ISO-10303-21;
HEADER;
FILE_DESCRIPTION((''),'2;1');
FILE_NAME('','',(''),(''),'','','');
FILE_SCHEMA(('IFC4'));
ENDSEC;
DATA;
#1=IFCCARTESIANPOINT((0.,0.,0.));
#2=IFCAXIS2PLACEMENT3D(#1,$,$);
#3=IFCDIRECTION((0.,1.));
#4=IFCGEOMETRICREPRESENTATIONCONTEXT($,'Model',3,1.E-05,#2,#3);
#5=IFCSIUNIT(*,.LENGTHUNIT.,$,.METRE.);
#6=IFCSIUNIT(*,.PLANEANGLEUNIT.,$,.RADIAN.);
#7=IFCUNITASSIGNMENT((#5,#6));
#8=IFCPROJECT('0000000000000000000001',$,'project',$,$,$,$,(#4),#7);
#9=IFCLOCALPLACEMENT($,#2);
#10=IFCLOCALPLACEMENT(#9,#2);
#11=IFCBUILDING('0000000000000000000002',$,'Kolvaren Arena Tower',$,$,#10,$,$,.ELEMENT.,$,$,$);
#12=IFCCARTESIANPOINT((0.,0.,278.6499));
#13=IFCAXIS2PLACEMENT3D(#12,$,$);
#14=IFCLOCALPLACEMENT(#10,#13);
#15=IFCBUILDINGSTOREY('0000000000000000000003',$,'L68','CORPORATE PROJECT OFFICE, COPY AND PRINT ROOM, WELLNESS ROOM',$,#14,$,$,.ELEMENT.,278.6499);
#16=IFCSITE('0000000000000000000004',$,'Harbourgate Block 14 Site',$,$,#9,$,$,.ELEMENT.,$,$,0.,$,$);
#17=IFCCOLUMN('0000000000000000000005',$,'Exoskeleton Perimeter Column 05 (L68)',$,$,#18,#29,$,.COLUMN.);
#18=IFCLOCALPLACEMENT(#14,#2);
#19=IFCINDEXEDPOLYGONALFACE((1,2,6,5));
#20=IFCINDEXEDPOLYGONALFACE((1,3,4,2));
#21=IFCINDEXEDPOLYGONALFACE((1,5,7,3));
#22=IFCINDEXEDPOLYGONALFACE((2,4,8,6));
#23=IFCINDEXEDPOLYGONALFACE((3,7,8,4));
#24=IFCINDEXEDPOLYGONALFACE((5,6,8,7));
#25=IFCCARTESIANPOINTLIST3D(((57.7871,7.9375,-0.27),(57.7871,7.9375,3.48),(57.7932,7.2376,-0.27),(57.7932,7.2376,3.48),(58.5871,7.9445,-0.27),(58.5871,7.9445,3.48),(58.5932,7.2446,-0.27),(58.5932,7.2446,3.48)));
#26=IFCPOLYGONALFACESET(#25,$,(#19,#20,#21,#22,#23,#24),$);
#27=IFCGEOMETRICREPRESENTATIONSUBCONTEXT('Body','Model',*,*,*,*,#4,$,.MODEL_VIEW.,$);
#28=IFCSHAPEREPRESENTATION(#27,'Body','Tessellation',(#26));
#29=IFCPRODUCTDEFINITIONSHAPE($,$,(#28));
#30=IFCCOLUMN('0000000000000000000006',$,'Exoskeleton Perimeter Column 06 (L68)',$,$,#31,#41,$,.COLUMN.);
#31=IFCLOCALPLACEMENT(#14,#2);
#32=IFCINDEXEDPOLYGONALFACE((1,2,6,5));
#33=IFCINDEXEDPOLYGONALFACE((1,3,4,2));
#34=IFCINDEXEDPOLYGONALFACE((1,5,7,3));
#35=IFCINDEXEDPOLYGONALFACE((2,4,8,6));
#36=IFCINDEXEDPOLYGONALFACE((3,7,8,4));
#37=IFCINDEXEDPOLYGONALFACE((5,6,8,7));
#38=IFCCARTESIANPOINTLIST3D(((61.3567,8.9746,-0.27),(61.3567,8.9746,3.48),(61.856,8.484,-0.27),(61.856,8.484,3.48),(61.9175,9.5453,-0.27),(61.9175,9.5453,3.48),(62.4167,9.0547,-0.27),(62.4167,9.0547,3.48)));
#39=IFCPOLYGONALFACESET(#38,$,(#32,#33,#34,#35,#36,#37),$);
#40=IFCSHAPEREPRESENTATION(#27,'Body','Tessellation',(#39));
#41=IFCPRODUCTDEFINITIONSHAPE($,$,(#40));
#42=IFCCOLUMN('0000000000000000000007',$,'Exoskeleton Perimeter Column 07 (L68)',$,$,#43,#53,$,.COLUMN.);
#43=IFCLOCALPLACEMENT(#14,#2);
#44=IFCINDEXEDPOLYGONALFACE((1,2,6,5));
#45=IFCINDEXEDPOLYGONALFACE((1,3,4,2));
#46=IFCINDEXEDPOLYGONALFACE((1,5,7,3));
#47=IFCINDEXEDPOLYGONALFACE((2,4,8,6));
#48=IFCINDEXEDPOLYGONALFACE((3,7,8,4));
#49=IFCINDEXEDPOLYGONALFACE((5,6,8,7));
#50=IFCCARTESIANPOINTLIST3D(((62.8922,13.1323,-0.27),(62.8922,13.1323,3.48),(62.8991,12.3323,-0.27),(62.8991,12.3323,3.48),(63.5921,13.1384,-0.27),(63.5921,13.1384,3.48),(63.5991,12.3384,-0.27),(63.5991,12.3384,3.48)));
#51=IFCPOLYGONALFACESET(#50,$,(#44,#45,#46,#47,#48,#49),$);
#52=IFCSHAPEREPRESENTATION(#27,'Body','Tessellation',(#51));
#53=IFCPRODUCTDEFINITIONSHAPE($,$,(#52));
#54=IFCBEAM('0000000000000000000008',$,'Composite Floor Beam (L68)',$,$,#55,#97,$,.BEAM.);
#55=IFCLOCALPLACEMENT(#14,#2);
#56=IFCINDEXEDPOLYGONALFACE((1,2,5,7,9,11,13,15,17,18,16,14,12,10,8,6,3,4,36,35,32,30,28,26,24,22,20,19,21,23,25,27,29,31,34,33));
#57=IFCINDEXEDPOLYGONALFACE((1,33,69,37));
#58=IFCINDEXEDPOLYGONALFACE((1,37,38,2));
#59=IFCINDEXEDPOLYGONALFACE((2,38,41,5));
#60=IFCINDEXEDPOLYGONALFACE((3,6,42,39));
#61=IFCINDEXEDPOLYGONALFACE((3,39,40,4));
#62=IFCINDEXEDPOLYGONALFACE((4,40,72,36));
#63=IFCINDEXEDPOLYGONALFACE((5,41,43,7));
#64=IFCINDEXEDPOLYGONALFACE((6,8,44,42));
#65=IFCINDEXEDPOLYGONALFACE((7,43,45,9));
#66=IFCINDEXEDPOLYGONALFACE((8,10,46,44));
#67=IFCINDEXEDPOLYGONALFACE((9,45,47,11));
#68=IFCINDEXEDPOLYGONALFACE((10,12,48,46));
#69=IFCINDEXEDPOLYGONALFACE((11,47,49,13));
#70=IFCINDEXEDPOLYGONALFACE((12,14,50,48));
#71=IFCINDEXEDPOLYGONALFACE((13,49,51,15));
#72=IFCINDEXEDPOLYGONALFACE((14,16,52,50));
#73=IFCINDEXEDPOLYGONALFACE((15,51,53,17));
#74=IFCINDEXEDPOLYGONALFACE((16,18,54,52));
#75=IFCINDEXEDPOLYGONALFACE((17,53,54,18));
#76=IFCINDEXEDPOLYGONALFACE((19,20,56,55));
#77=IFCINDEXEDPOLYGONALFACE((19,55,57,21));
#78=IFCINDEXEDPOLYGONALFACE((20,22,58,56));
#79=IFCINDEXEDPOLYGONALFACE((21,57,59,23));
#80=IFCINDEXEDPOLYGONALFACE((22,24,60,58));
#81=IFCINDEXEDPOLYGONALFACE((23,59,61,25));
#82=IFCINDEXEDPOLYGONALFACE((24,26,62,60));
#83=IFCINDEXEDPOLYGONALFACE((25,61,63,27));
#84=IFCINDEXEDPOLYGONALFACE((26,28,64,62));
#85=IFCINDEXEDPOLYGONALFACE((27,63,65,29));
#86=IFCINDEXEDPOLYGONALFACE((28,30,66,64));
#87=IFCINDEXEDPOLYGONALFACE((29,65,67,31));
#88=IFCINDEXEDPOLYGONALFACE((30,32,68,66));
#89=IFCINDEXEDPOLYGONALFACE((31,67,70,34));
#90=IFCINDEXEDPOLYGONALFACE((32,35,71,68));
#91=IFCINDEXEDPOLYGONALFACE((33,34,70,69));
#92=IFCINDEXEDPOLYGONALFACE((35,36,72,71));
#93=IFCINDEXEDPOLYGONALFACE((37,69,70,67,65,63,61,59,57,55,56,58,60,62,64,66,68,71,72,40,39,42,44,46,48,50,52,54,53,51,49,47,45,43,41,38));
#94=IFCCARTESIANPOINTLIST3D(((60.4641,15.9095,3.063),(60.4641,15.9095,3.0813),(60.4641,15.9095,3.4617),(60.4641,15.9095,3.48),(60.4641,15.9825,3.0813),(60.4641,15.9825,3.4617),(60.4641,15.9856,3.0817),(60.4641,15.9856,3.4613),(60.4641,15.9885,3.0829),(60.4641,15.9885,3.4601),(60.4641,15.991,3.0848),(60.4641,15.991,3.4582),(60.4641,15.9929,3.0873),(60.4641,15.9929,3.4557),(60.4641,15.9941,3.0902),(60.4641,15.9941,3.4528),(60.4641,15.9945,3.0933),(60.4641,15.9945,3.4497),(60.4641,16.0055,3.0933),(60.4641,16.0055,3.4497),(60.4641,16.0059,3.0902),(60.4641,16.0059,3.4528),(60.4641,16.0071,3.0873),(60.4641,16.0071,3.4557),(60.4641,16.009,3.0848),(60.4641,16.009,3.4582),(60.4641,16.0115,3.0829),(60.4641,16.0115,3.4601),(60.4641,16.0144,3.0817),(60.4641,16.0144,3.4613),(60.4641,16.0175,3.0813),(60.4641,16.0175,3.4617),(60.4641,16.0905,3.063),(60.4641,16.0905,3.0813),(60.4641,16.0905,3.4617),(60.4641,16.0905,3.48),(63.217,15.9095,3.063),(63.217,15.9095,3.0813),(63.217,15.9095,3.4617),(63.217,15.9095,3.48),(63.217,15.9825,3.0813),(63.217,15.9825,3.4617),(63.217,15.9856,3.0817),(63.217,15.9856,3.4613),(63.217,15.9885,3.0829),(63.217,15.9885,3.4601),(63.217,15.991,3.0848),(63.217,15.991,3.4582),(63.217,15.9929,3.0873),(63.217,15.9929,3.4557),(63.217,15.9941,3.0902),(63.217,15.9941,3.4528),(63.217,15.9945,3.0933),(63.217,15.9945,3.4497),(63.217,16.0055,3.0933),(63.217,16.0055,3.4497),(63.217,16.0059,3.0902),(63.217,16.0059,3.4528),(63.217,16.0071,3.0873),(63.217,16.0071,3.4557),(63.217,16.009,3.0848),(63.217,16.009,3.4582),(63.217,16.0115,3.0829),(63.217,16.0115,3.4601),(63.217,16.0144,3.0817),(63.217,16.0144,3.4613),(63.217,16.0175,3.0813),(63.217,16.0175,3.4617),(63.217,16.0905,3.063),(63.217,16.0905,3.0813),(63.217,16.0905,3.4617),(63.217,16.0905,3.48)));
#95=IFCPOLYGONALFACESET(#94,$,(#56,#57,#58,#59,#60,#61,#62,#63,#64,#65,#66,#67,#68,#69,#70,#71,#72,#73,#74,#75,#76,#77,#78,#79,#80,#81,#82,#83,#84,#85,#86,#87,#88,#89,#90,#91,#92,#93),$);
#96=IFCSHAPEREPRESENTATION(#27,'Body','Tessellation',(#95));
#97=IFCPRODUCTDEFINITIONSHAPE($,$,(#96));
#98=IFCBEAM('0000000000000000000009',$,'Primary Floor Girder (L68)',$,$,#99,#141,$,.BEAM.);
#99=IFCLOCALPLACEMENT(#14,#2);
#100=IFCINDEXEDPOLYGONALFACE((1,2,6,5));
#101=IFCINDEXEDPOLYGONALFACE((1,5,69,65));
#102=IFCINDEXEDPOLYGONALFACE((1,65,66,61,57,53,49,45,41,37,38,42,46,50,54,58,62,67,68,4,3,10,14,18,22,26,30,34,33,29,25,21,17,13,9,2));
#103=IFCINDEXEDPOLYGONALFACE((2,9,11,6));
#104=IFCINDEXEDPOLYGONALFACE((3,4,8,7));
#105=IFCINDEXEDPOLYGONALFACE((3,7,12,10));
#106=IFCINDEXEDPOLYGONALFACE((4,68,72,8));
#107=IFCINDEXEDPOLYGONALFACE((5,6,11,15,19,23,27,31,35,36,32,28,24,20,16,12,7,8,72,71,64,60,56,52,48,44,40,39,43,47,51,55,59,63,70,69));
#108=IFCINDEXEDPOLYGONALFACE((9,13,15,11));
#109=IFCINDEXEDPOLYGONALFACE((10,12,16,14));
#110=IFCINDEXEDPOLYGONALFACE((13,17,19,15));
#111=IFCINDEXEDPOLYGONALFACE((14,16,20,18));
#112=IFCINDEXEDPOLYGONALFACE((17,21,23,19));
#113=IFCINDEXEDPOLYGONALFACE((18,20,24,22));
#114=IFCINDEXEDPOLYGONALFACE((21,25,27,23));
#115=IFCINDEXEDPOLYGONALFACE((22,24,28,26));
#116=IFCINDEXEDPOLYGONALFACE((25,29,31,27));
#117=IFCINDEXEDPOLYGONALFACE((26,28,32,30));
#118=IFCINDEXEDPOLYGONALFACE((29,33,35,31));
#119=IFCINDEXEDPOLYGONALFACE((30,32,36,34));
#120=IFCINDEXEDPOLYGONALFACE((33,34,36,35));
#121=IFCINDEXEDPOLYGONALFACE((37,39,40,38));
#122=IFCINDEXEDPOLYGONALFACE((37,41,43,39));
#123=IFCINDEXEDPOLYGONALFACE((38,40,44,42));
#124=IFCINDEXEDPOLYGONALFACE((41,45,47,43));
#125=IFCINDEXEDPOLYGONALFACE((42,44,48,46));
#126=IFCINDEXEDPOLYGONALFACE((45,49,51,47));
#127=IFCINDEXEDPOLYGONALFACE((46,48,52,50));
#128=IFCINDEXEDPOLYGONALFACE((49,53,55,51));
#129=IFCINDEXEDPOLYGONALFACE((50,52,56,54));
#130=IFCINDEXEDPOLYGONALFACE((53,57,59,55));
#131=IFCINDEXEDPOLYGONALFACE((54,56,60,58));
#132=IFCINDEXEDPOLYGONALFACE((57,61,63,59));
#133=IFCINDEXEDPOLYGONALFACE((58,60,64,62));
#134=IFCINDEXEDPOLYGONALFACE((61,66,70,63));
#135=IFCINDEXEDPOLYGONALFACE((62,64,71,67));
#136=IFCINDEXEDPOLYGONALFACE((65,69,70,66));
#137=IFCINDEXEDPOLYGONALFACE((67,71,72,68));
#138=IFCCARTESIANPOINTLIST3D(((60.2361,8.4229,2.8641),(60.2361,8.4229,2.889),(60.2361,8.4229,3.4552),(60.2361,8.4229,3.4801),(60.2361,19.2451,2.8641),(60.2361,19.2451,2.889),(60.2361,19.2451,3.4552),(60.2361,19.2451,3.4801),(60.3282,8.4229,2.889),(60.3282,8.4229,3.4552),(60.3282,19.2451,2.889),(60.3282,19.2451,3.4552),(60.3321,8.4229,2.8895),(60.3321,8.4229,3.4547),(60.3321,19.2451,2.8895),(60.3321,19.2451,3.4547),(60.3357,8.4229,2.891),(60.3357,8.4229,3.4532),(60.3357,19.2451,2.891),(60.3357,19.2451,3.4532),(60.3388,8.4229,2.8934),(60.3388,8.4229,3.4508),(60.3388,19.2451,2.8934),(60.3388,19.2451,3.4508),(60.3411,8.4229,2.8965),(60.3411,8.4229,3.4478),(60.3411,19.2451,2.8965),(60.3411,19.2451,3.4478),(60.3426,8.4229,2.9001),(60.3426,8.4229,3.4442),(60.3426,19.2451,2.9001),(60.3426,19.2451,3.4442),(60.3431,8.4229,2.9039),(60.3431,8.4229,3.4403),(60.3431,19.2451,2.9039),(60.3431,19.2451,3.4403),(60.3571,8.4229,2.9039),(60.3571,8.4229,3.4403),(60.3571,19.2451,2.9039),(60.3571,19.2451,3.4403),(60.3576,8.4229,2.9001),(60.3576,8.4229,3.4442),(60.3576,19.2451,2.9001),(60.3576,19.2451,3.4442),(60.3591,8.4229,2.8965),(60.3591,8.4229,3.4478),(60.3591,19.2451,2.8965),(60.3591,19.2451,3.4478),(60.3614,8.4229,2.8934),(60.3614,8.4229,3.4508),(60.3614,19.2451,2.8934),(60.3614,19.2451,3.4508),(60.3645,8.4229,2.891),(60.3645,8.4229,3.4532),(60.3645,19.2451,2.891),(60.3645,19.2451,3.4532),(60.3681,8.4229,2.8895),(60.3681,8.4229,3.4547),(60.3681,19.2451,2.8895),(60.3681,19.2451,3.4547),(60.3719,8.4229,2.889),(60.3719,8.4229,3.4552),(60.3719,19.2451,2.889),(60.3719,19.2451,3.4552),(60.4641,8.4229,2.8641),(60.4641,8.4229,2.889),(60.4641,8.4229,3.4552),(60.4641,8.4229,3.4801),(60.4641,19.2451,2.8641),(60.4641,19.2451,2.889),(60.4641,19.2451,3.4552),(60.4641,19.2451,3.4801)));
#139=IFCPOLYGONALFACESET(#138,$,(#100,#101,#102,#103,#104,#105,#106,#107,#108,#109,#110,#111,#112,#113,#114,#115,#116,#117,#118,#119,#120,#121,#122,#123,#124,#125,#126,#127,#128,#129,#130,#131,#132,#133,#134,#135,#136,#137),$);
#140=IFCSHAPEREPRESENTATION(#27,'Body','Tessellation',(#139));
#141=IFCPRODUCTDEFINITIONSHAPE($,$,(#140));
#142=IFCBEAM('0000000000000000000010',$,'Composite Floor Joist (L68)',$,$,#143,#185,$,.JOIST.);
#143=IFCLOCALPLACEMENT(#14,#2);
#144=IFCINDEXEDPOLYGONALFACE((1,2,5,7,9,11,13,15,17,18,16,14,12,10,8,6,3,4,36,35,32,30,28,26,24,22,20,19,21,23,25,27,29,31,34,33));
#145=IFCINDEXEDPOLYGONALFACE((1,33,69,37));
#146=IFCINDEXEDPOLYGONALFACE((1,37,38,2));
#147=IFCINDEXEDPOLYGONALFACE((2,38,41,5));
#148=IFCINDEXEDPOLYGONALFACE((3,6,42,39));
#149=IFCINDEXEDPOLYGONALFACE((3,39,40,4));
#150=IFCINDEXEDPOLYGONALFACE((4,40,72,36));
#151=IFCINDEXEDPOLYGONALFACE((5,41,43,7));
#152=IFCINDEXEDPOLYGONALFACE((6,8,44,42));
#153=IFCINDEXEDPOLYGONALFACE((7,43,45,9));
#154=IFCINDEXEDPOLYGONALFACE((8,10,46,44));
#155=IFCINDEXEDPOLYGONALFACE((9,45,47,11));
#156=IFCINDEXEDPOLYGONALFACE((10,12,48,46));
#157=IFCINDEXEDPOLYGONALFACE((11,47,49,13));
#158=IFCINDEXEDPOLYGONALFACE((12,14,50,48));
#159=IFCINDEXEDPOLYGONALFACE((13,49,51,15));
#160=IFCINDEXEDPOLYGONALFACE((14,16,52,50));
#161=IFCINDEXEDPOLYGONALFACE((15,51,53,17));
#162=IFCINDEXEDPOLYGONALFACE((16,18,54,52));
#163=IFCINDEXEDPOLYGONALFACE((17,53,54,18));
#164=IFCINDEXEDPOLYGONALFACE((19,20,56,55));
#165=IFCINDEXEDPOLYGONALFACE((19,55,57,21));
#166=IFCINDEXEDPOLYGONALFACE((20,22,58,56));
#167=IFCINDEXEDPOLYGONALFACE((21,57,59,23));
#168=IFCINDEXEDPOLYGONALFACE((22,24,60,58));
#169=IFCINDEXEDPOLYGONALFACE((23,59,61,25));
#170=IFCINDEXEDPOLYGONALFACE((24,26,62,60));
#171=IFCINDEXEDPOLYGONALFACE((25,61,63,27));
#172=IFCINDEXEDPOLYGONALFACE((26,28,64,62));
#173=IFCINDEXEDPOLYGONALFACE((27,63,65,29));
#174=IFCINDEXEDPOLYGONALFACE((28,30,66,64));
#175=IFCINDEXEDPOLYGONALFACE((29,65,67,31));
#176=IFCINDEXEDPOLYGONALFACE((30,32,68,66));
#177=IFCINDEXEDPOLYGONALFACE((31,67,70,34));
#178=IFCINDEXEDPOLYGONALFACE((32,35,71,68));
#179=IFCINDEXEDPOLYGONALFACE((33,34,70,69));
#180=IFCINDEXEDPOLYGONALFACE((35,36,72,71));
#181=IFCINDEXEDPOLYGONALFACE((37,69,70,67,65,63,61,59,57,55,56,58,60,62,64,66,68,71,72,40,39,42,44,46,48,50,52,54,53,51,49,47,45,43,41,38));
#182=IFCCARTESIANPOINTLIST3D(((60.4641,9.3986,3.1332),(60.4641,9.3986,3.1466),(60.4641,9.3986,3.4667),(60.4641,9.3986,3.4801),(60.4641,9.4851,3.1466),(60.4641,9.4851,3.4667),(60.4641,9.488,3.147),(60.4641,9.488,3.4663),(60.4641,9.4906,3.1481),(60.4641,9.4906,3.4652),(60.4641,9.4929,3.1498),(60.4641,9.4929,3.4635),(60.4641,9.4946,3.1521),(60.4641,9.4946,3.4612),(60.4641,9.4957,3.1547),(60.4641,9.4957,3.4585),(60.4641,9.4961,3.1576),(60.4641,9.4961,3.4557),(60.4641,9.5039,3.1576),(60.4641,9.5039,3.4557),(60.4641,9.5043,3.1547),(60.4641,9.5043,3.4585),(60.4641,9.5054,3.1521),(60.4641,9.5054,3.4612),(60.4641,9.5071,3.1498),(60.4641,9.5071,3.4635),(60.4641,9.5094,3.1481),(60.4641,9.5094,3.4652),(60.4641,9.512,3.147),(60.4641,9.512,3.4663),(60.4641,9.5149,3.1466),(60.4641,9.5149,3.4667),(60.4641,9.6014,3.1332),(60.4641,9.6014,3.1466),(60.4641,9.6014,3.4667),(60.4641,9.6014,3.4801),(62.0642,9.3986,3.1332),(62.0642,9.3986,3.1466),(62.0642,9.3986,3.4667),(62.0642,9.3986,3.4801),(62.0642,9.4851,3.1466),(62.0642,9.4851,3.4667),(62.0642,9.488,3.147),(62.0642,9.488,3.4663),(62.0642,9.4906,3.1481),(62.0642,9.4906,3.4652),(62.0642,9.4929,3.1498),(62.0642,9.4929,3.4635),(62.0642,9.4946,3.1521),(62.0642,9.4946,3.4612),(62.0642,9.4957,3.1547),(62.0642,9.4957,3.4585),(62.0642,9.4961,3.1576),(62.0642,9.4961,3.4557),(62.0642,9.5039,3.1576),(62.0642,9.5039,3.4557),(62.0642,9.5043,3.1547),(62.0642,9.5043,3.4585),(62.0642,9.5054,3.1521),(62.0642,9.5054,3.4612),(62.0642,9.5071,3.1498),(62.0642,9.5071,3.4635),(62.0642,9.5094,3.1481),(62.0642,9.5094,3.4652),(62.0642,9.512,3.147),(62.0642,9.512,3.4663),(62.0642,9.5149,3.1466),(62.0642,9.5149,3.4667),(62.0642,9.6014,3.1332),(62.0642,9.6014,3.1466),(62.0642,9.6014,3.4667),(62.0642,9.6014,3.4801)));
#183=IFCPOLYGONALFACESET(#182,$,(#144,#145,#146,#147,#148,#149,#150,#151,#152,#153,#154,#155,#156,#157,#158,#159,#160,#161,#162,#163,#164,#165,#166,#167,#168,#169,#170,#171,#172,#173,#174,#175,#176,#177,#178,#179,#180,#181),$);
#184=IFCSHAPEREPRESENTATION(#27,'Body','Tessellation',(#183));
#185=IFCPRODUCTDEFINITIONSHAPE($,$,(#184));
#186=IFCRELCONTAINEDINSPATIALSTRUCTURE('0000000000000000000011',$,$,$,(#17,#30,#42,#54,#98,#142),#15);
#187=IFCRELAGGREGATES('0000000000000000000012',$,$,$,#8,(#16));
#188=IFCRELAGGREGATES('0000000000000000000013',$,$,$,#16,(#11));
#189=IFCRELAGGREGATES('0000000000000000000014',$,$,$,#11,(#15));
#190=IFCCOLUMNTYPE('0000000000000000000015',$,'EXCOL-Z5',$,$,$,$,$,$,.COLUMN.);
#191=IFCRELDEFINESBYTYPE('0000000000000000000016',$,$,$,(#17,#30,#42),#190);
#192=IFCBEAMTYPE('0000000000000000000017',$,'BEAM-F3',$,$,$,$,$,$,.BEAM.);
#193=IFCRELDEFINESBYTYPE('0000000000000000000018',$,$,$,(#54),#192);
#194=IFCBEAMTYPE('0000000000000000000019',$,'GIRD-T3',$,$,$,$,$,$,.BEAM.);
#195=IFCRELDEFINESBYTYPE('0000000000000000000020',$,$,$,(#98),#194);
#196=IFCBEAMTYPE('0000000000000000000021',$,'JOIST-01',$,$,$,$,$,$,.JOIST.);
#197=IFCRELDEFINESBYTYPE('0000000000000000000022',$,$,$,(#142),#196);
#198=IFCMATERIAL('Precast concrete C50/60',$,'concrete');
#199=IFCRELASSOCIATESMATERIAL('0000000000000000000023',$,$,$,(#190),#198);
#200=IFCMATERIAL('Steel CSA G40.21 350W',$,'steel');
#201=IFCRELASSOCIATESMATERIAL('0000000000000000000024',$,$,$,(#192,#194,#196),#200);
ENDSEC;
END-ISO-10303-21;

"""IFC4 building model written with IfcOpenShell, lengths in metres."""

from ifc_helpers import new_model, si_unit, direction, frame, origin, origin_2d, place, context, subcontext, project, spatial, rectangle, i_section, extrude, material, material_profile, profile_set, type_object, element, save


model = new_model("IFC4")

# Units and contexts
model_context = context("Model", 3, precision=1e-05, world=origin(), true_north=direction((0.0, 1.0)))
body_context = subcontext(model_context, "Body", "Model", "MODEL_VIEW")
ifc_project = project(units=[si_unit("LENGTHUNIT", "METRE"), si_unit("PLANEANGLEUNIT", "RADIAN")], contexts=[model_context])

# Site, building, storey
site_placement = place(None, origin())
site = spatial("IfcSite", under=ifc_project, at=site_placement, Name="Harbourgate Block 14 Site", CompositionType="ELEMENT", RefElevation=0.0)
building_placement = place(site_placement, origin())
building = spatial("IfcBuilding", under=site, at=building_placement, Name="Kolvaren Arena Tower", CompositionType="ELEMENT")
storey_placement = place(building_placement, frame((0.0, 0.0, 278.6499)))
storey = spatial("IfcBuildingStorey", under=building, at=storey_placement, Name="L68", Description="CORPORATE PROJECT OFFICE, COPY AND PRINT ROOM, WELLNESS ROOM", CompositionType="ELEMENT", Elevation=278.6499)

# Columns
ifc_material_1 = material(Name="Precast concrete C50/60", Category="concrete")
ifc_material_profile_1 = material_profile(ifc_material_1, rectangle(XDim=0.8, YDim=0.7, at=origin_2d()), Name="RC-800x700")
ifc_profile_set_1 = profile_set([ifc_material_profile_1], Name="Precast concrete C50/60")
column_type = type_object("IfcColumnType", Name="EXCOL-Z5", PredefinedType="COLUMN", material=ifc_profile_set_1)
for number, where, z_axis, x_axis, name in (
    (1, (58.1902, 7.5911, -0.27), (0.0, 0.0, 1.0), (0.999962, 0.008727, 0.0), "Exoskeleton Perimeter Column 05 (L68)"),
    (2, (61.8867, 9.0146, -0.27), (0.0, 0.0, 1.0), (0.700909, 0.71325, 0.0), "Exoskeleton Perimeter Column 06 (L68)"),
    (3, (63.2456, 12.7354, -0.27), (0.0, 0.0, 1.0), (-0.008727, 0.999962, 0.0), "Exoskeleton Perimeter Column 07 (L68)"),
):
    element("IfcColumn", number, at=place(storey_placement, frame(where, z_axis=z_axis, x_axis=x_axis)), inside=storey, type_object=column_type, Name=name, PredefinedType="COLUMN", context=body_context, shape_type="SweptSolid", body=[
        extrude(rectangle(XDim=0.8, YDim=0.7, at=origin_2d()), origin(), (0.0, 0.0, 1.0), 3.75),
    ])

# Beams
ifc_material_2 = material(Name="Steel CSA G40.21 350W", Category="steel")
ifc_material_profile_2 = material_profile(ifc_material_2, i_section(OverallWidth=0.1809, OverallDepth=0.417, WebThickness=0.011, FlangeThickness=0.0183, FilletRadius=0.012, at=origin_2d()), Name="W410x85")
ifc_profile_set_2 = profile_set([ifc_material_profile_2], Name="Steel CSA G40.21 350W")
beam_type_1 = type_object("IfcBeamType", Name="BEAM-F3", PredefinedType="BEAM", material=ifc_profile_set_2)
beam_1_placement = place(storey_placement, frame((60.4641, 16.0, 3.2715), z_axis=(1.0, 0.0, 0.0), x_axis=(0.0, 1.0, 0.0)))
element("IfcBeam", 4, at=beam_1_placement, inside=storey, type_object=beam_type_1, Name="Composite Floor Beam (L68)", PredefinedType="BEAM", context=body_context, shape_type="SweptSolid", body=[
    extrude(i_section(OverallWidth=0.1809, OverallDepth=0.417, WebThickness=0.011, FlangeThickness=0.0183, FilletRadius=0.012, at=origin_2d()), origin(), (0.0, 0.0, 1.0), 2.7529),
])
ifc_material_profile_3 = material_profile(ifc_material_2, i_section(OverallWidth=0.228, OverallDepth=0.616, WebThickness=0.0139, FlangeThickness=0.0249, FilletRadius=0.0149, at=origin_2d()), Name="W610x174")
ifc_profile_set_3 = profile_set([ifc_material_profile_3], Name="Steel CSA G40.21 350W")
beam_type_2 = type_object("IfcBeamType", Name="GIRD-T3", PredefinedType="BEAM", material=ifc_profile_set_3)
beam_2_placement = place(storey_placement, frame((60.3501, 8.4229, 3.1721), z_axis=(0.0, 1.0, 0.0), x_axis=(-1.0, 0.0, 0.0)))
element("IfcBeam", 5, at=beam_2_placement, inside=storey, type_object=beam_type_2, Name="Primary Floor Girder (L68)", PredefinedType="BEAM", context=body_context, shape_type="SweptSolid", body=[
    extrude(i_section(OverallWidth=0.228, OverallDepth=0.616, WebThickness=0.0139, FlangeThickness=0.0249, FilletRadius=0.0149, at=origin_2d()), origin(), (0.0, 0.0, 1.0), 10.8223),
])
ifc_material_profile_4 = material_profile(ifc_material_2, i_section(OverallWidth=0.2029, OverallDepth=0.3469, WebThickness=0.0078, FlangeThickness=0.0134, FilletRadius=0.011, at=origin_2d()), Name="W360x64")
ifc_profile_set_4 = profile_set([ifc_material_profile_4], Name="Steel CSA G40.21 350W")
beam_type_3 = type_object("IfcBeamType", Name="JOIST-01", PredefinedType="JOIST", material=ifc_profile_set_4)
beam_3_placement = place(storey_placement, frame((60.4641, 9.5, 3.3066), z_axis=(1.0, 0.0, 0.0), x_axis=(0.0, 1.0, 0.0)))
element("IfcBeam", 6, at=beam_3_placement, inside=storey, type_object=beam_type_3, Name="Composite Floor Joist (L68)", PredefinedType="JOIST", context=body_context, shape_type="SweptSolid", body=[
    extrude(i_section(OverallWidth=0.2029, OverallDepth=0.3469, WebThickness=0.0078, FlangeThickness=0.0134, FilletRadius=0.011, at=origin_2d()), origin(), (0.0, 0.0, 1.0), 1.6001),
])

save(model, "model.ifc")
